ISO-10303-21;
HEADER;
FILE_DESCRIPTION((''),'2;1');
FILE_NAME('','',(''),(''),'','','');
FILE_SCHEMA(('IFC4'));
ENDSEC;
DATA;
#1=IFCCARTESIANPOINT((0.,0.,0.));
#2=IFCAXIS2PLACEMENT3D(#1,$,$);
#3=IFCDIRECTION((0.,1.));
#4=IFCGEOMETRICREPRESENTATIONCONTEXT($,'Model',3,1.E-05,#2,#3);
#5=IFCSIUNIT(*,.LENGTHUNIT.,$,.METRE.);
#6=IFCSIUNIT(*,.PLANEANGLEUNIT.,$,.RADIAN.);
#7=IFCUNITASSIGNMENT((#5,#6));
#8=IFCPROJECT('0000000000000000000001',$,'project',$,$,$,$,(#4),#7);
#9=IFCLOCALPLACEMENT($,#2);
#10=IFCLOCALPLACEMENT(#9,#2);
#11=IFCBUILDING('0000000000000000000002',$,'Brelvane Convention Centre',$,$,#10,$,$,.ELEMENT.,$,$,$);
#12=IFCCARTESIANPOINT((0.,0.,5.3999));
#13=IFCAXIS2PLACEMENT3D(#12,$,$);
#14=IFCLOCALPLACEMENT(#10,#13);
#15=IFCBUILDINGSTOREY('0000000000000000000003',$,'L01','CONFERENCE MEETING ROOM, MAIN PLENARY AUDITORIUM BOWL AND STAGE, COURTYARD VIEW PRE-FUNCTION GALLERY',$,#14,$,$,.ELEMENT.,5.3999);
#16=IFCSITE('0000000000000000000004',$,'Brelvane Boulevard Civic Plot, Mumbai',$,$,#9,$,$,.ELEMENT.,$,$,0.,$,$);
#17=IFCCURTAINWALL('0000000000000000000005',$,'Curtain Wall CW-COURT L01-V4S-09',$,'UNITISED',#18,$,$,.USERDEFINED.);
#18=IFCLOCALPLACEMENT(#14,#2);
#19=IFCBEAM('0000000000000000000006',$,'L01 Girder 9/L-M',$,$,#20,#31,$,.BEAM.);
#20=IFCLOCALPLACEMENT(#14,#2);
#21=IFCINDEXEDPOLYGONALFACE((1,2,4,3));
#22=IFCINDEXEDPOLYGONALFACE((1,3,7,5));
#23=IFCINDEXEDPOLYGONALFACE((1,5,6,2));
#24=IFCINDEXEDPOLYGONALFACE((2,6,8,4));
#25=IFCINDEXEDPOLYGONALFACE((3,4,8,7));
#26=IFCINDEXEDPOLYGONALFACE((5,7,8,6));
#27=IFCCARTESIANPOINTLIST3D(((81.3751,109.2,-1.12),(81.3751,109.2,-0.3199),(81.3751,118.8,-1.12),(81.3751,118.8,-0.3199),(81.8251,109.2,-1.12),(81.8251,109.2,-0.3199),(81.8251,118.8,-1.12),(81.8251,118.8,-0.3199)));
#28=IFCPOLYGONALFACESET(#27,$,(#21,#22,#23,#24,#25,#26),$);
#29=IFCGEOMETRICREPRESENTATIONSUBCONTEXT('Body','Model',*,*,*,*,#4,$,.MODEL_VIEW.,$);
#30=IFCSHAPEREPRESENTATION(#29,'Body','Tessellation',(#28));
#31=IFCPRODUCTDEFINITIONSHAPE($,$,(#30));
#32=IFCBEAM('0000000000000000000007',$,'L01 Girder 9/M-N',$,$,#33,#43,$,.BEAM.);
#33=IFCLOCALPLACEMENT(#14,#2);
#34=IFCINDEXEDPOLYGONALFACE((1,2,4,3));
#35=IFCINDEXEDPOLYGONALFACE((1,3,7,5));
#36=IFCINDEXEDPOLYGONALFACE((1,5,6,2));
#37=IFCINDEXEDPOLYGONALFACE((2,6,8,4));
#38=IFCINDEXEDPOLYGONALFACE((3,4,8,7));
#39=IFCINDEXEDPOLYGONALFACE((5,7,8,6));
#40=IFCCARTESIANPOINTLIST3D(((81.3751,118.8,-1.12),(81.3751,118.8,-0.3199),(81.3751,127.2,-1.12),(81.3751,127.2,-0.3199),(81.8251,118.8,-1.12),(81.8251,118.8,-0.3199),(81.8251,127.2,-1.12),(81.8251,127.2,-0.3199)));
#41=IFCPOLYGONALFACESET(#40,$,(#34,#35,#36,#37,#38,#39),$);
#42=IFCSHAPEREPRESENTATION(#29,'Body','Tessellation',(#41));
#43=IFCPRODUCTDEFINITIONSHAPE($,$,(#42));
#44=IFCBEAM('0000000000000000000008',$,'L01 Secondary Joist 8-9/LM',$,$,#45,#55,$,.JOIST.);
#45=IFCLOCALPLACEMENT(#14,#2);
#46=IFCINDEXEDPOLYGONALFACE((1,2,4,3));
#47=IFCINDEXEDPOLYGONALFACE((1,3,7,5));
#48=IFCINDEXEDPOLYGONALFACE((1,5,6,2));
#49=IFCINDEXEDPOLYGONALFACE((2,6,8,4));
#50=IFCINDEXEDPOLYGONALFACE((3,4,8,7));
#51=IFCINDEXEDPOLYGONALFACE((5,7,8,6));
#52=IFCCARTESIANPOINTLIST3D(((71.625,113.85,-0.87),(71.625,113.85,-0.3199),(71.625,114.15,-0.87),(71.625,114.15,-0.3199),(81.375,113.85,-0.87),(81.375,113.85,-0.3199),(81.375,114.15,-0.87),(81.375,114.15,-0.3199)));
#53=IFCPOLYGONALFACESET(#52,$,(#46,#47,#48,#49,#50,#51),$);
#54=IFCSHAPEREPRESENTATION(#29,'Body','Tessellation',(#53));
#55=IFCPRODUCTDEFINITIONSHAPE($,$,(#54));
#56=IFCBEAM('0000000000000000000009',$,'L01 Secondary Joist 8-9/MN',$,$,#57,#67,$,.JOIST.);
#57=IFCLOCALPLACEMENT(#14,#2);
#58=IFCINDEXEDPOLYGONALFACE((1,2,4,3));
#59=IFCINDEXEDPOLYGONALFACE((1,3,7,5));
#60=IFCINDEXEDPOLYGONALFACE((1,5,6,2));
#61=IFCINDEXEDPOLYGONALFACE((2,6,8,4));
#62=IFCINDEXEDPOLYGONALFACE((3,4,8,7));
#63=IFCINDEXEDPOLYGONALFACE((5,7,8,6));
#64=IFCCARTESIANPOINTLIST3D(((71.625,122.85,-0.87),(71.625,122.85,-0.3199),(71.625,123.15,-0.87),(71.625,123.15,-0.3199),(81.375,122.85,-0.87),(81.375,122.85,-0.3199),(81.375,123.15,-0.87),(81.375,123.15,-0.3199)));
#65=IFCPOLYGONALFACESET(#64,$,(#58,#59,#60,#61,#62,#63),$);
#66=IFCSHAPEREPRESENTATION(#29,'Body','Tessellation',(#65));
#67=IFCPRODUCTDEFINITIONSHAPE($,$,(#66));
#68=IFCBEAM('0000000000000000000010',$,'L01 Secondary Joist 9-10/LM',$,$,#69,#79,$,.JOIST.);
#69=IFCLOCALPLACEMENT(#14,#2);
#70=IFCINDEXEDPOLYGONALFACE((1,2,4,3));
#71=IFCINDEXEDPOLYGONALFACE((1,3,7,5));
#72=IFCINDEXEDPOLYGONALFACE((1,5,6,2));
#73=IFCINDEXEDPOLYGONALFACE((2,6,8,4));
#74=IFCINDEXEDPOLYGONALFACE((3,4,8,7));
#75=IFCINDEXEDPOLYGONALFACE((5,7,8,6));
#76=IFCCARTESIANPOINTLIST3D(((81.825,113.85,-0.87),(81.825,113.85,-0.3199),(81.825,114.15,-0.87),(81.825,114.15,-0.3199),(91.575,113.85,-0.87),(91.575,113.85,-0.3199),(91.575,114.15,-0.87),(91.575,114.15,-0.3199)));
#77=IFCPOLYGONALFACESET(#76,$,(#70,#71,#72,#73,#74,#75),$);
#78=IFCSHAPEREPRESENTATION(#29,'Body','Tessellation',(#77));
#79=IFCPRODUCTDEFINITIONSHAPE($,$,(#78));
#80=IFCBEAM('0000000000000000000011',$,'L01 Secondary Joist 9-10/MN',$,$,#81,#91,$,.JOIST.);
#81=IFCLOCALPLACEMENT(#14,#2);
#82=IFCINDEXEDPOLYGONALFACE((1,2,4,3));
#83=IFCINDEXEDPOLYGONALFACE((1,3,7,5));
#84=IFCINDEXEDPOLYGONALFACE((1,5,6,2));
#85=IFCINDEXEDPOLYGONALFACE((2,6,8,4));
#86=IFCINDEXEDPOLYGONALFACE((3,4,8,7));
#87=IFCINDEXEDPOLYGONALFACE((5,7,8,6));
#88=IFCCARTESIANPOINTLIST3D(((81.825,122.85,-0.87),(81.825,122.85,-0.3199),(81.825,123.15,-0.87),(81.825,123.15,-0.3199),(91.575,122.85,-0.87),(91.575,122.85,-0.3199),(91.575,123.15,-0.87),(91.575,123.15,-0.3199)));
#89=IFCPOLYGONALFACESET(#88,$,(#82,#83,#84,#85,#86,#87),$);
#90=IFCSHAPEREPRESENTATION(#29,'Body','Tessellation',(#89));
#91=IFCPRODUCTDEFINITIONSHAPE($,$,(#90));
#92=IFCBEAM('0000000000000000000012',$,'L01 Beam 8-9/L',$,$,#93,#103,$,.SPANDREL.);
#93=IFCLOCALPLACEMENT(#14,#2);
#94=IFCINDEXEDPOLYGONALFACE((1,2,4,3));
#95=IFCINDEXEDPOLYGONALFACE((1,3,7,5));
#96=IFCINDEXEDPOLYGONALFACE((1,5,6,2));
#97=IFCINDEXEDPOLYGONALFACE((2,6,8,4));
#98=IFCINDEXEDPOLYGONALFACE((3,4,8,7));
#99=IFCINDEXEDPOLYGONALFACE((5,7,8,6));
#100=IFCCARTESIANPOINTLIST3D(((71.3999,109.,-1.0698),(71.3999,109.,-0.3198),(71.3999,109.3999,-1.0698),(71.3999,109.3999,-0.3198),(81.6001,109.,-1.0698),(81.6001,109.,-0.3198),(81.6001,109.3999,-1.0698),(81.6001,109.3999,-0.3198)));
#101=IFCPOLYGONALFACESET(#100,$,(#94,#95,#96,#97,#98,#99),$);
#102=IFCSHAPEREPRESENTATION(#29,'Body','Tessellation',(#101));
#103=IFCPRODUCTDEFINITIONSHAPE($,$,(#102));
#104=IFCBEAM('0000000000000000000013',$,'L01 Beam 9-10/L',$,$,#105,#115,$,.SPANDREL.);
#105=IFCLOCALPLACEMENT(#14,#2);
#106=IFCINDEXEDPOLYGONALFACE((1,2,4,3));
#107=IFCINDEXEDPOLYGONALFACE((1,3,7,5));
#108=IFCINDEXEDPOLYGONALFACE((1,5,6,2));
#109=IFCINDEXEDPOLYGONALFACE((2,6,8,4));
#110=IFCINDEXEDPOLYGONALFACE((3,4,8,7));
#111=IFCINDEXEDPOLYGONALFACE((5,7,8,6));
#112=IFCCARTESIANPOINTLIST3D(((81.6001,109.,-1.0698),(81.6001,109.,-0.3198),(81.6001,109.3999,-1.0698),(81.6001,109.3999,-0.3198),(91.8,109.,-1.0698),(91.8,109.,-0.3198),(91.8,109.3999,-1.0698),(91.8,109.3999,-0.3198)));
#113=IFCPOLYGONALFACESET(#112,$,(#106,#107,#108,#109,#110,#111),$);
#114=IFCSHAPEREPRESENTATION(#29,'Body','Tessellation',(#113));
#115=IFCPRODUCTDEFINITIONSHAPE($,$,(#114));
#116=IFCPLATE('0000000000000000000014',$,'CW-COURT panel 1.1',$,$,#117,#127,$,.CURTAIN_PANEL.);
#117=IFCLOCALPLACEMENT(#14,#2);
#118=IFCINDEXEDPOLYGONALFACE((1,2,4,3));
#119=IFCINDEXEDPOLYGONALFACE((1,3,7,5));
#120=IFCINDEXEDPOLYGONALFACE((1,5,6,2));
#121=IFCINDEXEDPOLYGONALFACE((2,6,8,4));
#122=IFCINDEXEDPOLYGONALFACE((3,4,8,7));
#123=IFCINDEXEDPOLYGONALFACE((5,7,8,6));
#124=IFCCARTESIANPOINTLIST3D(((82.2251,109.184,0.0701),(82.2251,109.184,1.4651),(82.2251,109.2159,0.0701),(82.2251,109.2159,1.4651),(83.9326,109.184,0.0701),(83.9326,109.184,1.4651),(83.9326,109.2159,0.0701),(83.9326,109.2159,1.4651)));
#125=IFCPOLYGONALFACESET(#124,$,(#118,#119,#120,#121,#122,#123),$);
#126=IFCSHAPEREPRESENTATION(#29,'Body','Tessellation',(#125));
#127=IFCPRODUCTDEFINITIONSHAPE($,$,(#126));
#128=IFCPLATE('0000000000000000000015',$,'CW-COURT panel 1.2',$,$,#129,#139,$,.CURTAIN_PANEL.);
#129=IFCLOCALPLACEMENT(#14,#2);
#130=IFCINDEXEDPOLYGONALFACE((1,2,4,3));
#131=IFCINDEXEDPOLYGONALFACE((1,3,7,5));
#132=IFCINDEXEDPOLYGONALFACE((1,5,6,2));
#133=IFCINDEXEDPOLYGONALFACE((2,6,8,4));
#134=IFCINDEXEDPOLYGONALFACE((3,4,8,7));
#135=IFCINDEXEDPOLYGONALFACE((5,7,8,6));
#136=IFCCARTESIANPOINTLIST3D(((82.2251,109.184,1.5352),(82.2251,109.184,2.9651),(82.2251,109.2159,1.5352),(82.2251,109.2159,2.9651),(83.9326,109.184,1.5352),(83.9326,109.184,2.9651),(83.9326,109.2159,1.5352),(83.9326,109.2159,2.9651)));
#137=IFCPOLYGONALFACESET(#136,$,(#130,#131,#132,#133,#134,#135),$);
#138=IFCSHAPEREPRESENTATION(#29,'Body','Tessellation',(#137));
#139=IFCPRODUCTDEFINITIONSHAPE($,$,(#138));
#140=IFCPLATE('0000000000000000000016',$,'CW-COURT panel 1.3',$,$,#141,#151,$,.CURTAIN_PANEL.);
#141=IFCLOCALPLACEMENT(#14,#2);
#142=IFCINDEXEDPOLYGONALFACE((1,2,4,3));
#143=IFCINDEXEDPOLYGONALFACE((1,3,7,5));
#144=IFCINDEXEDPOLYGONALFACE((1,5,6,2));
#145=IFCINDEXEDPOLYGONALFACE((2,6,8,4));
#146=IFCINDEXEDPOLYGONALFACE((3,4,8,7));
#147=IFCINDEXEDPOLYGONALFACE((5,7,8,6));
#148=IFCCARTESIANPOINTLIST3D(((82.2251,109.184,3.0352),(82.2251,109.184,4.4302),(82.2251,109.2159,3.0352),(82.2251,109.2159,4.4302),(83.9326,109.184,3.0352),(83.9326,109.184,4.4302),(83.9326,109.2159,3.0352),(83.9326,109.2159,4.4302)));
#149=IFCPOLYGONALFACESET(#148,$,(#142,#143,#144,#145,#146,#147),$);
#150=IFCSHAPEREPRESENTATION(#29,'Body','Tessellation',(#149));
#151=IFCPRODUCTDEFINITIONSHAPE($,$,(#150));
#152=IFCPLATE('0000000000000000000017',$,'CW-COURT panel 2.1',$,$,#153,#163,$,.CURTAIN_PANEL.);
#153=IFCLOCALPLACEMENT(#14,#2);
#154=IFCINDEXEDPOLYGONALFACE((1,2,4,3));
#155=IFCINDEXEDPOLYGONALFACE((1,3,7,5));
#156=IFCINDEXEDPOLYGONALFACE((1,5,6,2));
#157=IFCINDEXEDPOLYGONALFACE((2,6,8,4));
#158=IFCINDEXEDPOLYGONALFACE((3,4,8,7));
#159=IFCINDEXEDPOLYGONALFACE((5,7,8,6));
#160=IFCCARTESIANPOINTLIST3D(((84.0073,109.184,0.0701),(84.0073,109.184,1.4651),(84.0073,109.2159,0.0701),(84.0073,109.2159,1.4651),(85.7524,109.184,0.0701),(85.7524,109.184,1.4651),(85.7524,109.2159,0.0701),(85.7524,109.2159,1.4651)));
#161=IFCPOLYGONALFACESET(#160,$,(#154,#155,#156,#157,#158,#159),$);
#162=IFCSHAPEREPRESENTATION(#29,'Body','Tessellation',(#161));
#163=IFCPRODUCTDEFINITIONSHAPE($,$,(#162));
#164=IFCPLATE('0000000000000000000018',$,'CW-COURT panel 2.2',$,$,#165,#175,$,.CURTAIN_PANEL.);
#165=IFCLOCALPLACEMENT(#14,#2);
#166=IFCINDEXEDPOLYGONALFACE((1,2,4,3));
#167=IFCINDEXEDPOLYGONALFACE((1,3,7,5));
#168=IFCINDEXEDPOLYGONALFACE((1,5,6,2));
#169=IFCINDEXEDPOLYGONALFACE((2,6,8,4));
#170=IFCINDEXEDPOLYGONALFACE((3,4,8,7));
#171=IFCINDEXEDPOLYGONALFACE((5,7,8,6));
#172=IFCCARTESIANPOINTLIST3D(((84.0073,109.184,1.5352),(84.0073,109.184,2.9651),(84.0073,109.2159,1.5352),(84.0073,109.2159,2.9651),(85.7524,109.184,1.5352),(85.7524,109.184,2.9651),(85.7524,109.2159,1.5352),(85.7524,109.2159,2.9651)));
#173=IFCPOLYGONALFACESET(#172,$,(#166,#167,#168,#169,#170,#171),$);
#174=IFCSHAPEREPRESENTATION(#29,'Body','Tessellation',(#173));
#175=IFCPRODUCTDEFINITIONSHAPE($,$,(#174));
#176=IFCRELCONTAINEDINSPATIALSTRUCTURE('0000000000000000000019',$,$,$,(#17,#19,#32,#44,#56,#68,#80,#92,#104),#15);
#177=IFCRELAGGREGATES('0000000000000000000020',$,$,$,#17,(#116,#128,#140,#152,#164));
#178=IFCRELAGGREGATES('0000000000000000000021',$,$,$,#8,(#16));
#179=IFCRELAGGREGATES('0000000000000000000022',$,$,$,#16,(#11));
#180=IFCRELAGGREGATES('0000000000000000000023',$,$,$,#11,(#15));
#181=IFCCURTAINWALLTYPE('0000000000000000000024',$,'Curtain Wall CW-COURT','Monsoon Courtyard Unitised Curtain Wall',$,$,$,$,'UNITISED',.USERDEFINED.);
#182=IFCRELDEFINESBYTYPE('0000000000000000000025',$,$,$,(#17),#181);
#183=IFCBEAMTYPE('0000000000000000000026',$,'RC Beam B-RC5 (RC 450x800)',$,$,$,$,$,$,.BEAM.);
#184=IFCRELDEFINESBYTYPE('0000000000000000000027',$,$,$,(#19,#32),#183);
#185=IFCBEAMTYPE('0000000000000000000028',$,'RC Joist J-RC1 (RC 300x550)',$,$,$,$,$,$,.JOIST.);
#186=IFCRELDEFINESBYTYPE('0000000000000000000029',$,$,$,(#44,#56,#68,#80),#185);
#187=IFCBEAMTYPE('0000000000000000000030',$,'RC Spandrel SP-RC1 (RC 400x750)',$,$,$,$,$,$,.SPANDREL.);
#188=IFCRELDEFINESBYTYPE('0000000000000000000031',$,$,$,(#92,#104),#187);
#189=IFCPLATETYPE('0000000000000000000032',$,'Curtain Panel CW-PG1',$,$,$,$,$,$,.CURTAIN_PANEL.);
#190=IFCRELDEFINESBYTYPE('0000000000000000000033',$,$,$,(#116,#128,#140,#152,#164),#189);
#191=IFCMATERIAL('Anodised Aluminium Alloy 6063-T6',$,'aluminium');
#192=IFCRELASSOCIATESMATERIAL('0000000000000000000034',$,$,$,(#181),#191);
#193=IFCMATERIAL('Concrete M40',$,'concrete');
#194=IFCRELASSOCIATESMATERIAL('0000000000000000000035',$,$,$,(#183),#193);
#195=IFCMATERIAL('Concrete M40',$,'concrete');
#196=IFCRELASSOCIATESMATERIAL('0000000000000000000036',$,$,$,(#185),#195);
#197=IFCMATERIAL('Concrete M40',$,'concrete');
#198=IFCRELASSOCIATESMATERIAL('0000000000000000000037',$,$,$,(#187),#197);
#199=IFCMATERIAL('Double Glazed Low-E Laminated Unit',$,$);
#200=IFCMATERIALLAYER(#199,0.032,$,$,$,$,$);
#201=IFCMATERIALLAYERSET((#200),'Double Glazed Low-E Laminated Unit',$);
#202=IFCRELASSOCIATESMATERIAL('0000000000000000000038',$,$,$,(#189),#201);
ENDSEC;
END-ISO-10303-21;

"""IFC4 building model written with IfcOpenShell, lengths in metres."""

from ifc_helpers import new_model, si_unit, direction, frame, origin, origin_2d, place, context, subcontext, project, spatial, rectangle, extrude, material, layer, layer_set, material_profile, profile_set, type_object, element, aggregate, save


model = new_model("IFC4")

# Units and contexts
model_context = context("Model", 3, precision=1e-05, world=origin(), true_north=direction((0.0, 1.0)))
body_context = subcontext(model_context, "Body", "Model", "MODEL_VIEW")
ifc_project = project(units=[si_unit("LENGTHUNIT", "METRE"), si_unit("PLANEANGLEUNIT", "RADIAN")], contexts=[model_context])

# Site, building, storey
site_placement = place(None, origin())
site = spatial("IfcSite", under=ifc_project, at=site_placement, Name="Brelvane Boulevard Civic Plot, Mumbai", CompositionType="ELEMENT", RefElevation=0.0)
building_placement = place(site_placement, origin())
building = spatial("IfcBuilding", under=site, at=building_placement, Name="Brelvane Convention Centre", CompositionType="ELEMENT")
storey_placement = place(building_placement, frame((0.0, 0.0, 5.3999)))
storey = spatial("IfcBuildingStorey", under=building, at=storey_placement, Name="L01", Description="CONFERENCE MEETING ROOM, MAIN PLENARY AUDITORIUM BOWL AND STAGE, COURTYARD VIEW PRE-FUNCTION GALLERY", CompositionType="ELEMENT", Elevation=5.3999)

# Curtain wall
ifc_material_1 = material(Name="Anodised Aluminium Alloy 6063-T6", Category="aluminium")
curtain_wall_type = type_object("IfcCurtainWallType", Name="Curtain Wall CW-COURT", Description="Monsoon Courtyard Unitised Curtain Wall", ElementType="UNITISED", PredefinedType="USERDEFINED", material=ifc_material_1)
curtain_wall_placement = place(storey_placement, origin())
curtain_wall = element("IfcCurtainWall", 1, at=curtain_wall_placement, inside=storey, type_object=curtain_wall_type, Name="Curtain Wall CW-COURT L01-V4S-09", ObjectType="UNITISED", PredefinedType="USERDEFINED")

# Beams
ifc_material_2 = material(Name="Concrete M40", Category="concrete")
ifc_material_profile_1 = material_profile(ifc_material_2, rectangle(XDim=0.45, YDim=0.8, at=origin_2d()), Name="RC 450x800")
ifc_profile_set_1 = profile_set([ifc_material_profile_1], Name="Concrete M40")
beam_type_1 = type_object("IfcBeamType", Name="RC Beam B-RC5 (RC 450x800)", PredefinedType="BEAM", material=ifc_profile_set_1)
beam_1_placement = place(storey_placement, frame((81.6001, 109.2, -0.72), z_axis=(0.0, 1.0, 0.0), x_axis=(-1.0, 0.0, 0.0)))
element("IfcBeam", 2, at=beam_1_placement, inside=storey, type_object=beam_type_1, Name="L01 Girder 9/L-M", PredefinedType="BEAM", context=body_context, shape_type="SweptSolid", body=[
    extrude(rectangle(XDim=0.45, YDim=0.8, at=origin_2d()), origin(), (0.0, 0.0, 1.0), 9.6001),
])
beam_2_placement = place(storey_placement, frame((81.6001, 118.8, -0.72), z_axis=(0.0, 1.0, 0.0), x_axis=(-1.0, 0.0, 0.0)))
element("IfcBeam", 3, at=beam_2_placement, inside=storey, type_object=beam_type_1, Name="L01 Girder 9/M-N", PredefinedType="BEAM", context=body_context, shape_type="SweptSolid", body=[
    extrude(rectangle(XDim=0.45, YDim=0.8, at=origin_2d()), origin(), (0.0, 0.0, 1.0), 8.3999),
])
ifc_material_3 = material(Name="Concrete M40", Category="concrete")
ifc_material_profile_2 = material_profile(ifc_material_3, rectangle(XDim=0.3, YDim=0.55, at=origin_2d()), Name="RC 300x550")
ifc_profile_set_2 = profile_set([ifc_material_profile_2], Name="Concrete M40")
beam_type_2 = type_object("IfcBeamType", Name="RC Joist J-RC1 (RC 300x550)", PredefinedType="JOIST", material=ifc_profile_set_2)
for number, where, z_axis, x_axis, name in (
    (4, (71.625, 114.0, -0.595), (1.0, 0.0, 0.0), (0.0, 1.0, 0.0), "L01 Secondary Joist 8-9/LM"),
    (5, (71.625, 123.0, -0.595), (1.0, 0.0, 0.0), (0.0, 1.0, 0.0), "L01 Secondary Joist 8-9/MN"),
    (6, (81.825, 114.0, -0.595), (1.0, 0.0, 0.0), (0.0, 1.0, 0.0), "L01 Secondary Joist 9-10/LM"),
    (7, (81.825, 123.0, -0.595), (1.0, 0.0, 0.0), (0.0, 1.0, 0.0), "L01 Secondary Joist 9-10/MN"),
):
    element("IfcBeam", number, at=place(storey_placement, frame(where, z_axis=z_axis, x_axis=x_axis)), inside=storey, type_object=beam_type_2, Name=name, PredefinedType="JOIST", context=body_context, shape_type="SweptSolid", body=[
        extrude(rectangle(XDim=0.3, YDim=0.55, at=origin_2d()), origin(), (0.0, 0.0, 1.0), 9.75),
    ])
ifc_material_4 = material(Name="Concrete M40", Category="concrete")
ifc_material_profile_3 = material_profile(ifc_material_4, rectangle(XDim=0.3999, YDim=0.75, at=origin_2d()), Name="RC 400x750")
ifc_profile_set_3 = profile_set([ifc_material_profile_3], Name="Concrete M40")
beam_type_3 = type_object("IfcBeamType", Name="RC Spandrel SP-RC1 (RC 400x750)", PredefinedType="SPANDREL", material=ifc_profile_set_3)
beam_3_placement = place(storey_placement, frame((71.3999, 109.2, -0.6948), z_axis=(1.0, 0.0, 0.0), x_axis=(0.0, 1.0, 0.0)))
element("IfcBeam", 8, at=beam_3_placement, inside=storey, type_object=beam_type_3, Name="L01 Beam 8-9/L", PredefinedType="SPANDREL", context=body_context, shape_type="SweptSolid", body=[
    extrude(rectangle(XDim=0.3999, YDim=0.75, at=origin_2d()), origin(), (0.0, 0.0, 1.0), 10.2002),
])
beam_4_placement = place(storey_placement, frame((81.6001, 109.2, -0.6948), z_axis=(1.0, 0.0, 0.0), x_axis=(0.0, 1.0, 0.0)))
element("IfcBeam", 9, at=beam_4_placement, inside=storey, type_object=beam_type_3, Name="L01 Beam 9-10/L", PredefinedType="SPANDREL", context=body_context, shape_type="SweptSolid", body=[
    extrude(rectangle(XDim=0.3999, YDim=0.75, at=origin_2d()), origin(), (0.0, 0.0, 1.0), 10.2),
])

# Plates
ifc_material_5 = material(Name="Double Glazed Low-E Laminated Unit")
ifc_layer_1 = layer(ifc_material_5, 0.032)
ifc_layer_set_1 = layer_set([ifc_layer_1], Name="Double Glazed Low-E Laminated Unit")
plate_type = type_object("IfcPlateType", Name="Curtain Panel CW-PG1", PredefinedType="CURTAIN_PANEL", material=ifc_layer_set_1)
plate_1_placement = place(storey_placement, frame((83.0789, 109.2, 0.0701), z_axis=(0.0, 0.0, 1.0), x_axis=(1.0, 0.0, 0.0)))
plate_1 = element("IfcPlate", 10, at=plate_1_placement, type_object=plate_type, Name="CW-COURT panel 1.1", PredefinedType="CURTAIN_PANEL", context=body_context, shape_type="SweptSolid", body=[
    extrude(rectangle(XDim=1.7075, YDim=0.032, at=origin_2d()), origin(), (0.0, 0.0, 1.0), 1.395),
])
plate_2_placement = place(storey_placement, frame((83.0789, 109.2, 1.5352), z_axis=(0.0, 0.0, 1.0), x_axis=(1.0, 0.0, 0.0)))
plate_2 = element("IfcPlate", 11, at=plate_2_placement, type_object=plate_type, Name="CW-COURT panel 1.2", PredefinedType="CURTAIN_PANEL", context=body_context, shape_type="SweptSolid", body=[
    extrude(rectangle(XDim=1.7075, YDim=0.032, at=origin_2d()), origin(), (0.0, 0.0, 1.0), 1.4299),
])
plate_3_placement = place(storey_placement, frame((83.0789, 109.2, 3.0352), z_axis=(0.0, 0.0, 1.0), x_axis=(1.0, 0.0, 0.0)))
plate_3 = element("IfcPlate", 12, at=plate_3_placement, type_object=plate_type, Name="CW-COURT panel 1.3", PredefinedType="CURTAIN_PANEL", context=body_context, shape_type="SweptSolid", body=[
    extrude(rectangle(XDim=1.7075, YDim=0.032, at=origin_2d()), origin(), (0.0, 0.0, 1.0), 1.395),
])
plate_4_placement = place(storey_placement, frame((84.8799, 109.2, 0.0701), z_axis=(0.0, 0.0, 1.0), x_axis=(1.0, 0.0, 0.0)))
plate_4 = element("IfcPlate", 13, at=plate_4_placement, type_object=plate_type, Name="CW-COURT panel 2.1", PredefinedType="CURTAIN_PANEL", context=body_context, shape_type="SweptSolid", body=[
    extrude(rectangle(XDim=1.7451, YDim=0.032, at=origin_2d()), origin(), (0.0, 0.0, 1.0), 1.395),
])
plate_5_placement = place(storey_placement, frame((84.8799, 109.2, 1.5352), z_axis=(0.0, 0.0, 1.0), x_axis=(1.0, 0.0, 0.0)))
plate_5 = element("IfcPlate", 14, at=plate_5_placement, type_object=plate_type, Name="CW-COURT panel 2.2", PredefinedType="CURTAIN_PANEL", context=body_context, shape_type="SweptSolid", body=[
    extrude(rectangle(XDim=1.7451, YDim=0.032, at=origin_2d()), origin(), (0.0, 0.0, 1.0), 1.4299),
])
aggregate(curtain_wall, [plate_1, plate_2, plate_3, plate_4, plate_5])

save(model, "model.ifc")
